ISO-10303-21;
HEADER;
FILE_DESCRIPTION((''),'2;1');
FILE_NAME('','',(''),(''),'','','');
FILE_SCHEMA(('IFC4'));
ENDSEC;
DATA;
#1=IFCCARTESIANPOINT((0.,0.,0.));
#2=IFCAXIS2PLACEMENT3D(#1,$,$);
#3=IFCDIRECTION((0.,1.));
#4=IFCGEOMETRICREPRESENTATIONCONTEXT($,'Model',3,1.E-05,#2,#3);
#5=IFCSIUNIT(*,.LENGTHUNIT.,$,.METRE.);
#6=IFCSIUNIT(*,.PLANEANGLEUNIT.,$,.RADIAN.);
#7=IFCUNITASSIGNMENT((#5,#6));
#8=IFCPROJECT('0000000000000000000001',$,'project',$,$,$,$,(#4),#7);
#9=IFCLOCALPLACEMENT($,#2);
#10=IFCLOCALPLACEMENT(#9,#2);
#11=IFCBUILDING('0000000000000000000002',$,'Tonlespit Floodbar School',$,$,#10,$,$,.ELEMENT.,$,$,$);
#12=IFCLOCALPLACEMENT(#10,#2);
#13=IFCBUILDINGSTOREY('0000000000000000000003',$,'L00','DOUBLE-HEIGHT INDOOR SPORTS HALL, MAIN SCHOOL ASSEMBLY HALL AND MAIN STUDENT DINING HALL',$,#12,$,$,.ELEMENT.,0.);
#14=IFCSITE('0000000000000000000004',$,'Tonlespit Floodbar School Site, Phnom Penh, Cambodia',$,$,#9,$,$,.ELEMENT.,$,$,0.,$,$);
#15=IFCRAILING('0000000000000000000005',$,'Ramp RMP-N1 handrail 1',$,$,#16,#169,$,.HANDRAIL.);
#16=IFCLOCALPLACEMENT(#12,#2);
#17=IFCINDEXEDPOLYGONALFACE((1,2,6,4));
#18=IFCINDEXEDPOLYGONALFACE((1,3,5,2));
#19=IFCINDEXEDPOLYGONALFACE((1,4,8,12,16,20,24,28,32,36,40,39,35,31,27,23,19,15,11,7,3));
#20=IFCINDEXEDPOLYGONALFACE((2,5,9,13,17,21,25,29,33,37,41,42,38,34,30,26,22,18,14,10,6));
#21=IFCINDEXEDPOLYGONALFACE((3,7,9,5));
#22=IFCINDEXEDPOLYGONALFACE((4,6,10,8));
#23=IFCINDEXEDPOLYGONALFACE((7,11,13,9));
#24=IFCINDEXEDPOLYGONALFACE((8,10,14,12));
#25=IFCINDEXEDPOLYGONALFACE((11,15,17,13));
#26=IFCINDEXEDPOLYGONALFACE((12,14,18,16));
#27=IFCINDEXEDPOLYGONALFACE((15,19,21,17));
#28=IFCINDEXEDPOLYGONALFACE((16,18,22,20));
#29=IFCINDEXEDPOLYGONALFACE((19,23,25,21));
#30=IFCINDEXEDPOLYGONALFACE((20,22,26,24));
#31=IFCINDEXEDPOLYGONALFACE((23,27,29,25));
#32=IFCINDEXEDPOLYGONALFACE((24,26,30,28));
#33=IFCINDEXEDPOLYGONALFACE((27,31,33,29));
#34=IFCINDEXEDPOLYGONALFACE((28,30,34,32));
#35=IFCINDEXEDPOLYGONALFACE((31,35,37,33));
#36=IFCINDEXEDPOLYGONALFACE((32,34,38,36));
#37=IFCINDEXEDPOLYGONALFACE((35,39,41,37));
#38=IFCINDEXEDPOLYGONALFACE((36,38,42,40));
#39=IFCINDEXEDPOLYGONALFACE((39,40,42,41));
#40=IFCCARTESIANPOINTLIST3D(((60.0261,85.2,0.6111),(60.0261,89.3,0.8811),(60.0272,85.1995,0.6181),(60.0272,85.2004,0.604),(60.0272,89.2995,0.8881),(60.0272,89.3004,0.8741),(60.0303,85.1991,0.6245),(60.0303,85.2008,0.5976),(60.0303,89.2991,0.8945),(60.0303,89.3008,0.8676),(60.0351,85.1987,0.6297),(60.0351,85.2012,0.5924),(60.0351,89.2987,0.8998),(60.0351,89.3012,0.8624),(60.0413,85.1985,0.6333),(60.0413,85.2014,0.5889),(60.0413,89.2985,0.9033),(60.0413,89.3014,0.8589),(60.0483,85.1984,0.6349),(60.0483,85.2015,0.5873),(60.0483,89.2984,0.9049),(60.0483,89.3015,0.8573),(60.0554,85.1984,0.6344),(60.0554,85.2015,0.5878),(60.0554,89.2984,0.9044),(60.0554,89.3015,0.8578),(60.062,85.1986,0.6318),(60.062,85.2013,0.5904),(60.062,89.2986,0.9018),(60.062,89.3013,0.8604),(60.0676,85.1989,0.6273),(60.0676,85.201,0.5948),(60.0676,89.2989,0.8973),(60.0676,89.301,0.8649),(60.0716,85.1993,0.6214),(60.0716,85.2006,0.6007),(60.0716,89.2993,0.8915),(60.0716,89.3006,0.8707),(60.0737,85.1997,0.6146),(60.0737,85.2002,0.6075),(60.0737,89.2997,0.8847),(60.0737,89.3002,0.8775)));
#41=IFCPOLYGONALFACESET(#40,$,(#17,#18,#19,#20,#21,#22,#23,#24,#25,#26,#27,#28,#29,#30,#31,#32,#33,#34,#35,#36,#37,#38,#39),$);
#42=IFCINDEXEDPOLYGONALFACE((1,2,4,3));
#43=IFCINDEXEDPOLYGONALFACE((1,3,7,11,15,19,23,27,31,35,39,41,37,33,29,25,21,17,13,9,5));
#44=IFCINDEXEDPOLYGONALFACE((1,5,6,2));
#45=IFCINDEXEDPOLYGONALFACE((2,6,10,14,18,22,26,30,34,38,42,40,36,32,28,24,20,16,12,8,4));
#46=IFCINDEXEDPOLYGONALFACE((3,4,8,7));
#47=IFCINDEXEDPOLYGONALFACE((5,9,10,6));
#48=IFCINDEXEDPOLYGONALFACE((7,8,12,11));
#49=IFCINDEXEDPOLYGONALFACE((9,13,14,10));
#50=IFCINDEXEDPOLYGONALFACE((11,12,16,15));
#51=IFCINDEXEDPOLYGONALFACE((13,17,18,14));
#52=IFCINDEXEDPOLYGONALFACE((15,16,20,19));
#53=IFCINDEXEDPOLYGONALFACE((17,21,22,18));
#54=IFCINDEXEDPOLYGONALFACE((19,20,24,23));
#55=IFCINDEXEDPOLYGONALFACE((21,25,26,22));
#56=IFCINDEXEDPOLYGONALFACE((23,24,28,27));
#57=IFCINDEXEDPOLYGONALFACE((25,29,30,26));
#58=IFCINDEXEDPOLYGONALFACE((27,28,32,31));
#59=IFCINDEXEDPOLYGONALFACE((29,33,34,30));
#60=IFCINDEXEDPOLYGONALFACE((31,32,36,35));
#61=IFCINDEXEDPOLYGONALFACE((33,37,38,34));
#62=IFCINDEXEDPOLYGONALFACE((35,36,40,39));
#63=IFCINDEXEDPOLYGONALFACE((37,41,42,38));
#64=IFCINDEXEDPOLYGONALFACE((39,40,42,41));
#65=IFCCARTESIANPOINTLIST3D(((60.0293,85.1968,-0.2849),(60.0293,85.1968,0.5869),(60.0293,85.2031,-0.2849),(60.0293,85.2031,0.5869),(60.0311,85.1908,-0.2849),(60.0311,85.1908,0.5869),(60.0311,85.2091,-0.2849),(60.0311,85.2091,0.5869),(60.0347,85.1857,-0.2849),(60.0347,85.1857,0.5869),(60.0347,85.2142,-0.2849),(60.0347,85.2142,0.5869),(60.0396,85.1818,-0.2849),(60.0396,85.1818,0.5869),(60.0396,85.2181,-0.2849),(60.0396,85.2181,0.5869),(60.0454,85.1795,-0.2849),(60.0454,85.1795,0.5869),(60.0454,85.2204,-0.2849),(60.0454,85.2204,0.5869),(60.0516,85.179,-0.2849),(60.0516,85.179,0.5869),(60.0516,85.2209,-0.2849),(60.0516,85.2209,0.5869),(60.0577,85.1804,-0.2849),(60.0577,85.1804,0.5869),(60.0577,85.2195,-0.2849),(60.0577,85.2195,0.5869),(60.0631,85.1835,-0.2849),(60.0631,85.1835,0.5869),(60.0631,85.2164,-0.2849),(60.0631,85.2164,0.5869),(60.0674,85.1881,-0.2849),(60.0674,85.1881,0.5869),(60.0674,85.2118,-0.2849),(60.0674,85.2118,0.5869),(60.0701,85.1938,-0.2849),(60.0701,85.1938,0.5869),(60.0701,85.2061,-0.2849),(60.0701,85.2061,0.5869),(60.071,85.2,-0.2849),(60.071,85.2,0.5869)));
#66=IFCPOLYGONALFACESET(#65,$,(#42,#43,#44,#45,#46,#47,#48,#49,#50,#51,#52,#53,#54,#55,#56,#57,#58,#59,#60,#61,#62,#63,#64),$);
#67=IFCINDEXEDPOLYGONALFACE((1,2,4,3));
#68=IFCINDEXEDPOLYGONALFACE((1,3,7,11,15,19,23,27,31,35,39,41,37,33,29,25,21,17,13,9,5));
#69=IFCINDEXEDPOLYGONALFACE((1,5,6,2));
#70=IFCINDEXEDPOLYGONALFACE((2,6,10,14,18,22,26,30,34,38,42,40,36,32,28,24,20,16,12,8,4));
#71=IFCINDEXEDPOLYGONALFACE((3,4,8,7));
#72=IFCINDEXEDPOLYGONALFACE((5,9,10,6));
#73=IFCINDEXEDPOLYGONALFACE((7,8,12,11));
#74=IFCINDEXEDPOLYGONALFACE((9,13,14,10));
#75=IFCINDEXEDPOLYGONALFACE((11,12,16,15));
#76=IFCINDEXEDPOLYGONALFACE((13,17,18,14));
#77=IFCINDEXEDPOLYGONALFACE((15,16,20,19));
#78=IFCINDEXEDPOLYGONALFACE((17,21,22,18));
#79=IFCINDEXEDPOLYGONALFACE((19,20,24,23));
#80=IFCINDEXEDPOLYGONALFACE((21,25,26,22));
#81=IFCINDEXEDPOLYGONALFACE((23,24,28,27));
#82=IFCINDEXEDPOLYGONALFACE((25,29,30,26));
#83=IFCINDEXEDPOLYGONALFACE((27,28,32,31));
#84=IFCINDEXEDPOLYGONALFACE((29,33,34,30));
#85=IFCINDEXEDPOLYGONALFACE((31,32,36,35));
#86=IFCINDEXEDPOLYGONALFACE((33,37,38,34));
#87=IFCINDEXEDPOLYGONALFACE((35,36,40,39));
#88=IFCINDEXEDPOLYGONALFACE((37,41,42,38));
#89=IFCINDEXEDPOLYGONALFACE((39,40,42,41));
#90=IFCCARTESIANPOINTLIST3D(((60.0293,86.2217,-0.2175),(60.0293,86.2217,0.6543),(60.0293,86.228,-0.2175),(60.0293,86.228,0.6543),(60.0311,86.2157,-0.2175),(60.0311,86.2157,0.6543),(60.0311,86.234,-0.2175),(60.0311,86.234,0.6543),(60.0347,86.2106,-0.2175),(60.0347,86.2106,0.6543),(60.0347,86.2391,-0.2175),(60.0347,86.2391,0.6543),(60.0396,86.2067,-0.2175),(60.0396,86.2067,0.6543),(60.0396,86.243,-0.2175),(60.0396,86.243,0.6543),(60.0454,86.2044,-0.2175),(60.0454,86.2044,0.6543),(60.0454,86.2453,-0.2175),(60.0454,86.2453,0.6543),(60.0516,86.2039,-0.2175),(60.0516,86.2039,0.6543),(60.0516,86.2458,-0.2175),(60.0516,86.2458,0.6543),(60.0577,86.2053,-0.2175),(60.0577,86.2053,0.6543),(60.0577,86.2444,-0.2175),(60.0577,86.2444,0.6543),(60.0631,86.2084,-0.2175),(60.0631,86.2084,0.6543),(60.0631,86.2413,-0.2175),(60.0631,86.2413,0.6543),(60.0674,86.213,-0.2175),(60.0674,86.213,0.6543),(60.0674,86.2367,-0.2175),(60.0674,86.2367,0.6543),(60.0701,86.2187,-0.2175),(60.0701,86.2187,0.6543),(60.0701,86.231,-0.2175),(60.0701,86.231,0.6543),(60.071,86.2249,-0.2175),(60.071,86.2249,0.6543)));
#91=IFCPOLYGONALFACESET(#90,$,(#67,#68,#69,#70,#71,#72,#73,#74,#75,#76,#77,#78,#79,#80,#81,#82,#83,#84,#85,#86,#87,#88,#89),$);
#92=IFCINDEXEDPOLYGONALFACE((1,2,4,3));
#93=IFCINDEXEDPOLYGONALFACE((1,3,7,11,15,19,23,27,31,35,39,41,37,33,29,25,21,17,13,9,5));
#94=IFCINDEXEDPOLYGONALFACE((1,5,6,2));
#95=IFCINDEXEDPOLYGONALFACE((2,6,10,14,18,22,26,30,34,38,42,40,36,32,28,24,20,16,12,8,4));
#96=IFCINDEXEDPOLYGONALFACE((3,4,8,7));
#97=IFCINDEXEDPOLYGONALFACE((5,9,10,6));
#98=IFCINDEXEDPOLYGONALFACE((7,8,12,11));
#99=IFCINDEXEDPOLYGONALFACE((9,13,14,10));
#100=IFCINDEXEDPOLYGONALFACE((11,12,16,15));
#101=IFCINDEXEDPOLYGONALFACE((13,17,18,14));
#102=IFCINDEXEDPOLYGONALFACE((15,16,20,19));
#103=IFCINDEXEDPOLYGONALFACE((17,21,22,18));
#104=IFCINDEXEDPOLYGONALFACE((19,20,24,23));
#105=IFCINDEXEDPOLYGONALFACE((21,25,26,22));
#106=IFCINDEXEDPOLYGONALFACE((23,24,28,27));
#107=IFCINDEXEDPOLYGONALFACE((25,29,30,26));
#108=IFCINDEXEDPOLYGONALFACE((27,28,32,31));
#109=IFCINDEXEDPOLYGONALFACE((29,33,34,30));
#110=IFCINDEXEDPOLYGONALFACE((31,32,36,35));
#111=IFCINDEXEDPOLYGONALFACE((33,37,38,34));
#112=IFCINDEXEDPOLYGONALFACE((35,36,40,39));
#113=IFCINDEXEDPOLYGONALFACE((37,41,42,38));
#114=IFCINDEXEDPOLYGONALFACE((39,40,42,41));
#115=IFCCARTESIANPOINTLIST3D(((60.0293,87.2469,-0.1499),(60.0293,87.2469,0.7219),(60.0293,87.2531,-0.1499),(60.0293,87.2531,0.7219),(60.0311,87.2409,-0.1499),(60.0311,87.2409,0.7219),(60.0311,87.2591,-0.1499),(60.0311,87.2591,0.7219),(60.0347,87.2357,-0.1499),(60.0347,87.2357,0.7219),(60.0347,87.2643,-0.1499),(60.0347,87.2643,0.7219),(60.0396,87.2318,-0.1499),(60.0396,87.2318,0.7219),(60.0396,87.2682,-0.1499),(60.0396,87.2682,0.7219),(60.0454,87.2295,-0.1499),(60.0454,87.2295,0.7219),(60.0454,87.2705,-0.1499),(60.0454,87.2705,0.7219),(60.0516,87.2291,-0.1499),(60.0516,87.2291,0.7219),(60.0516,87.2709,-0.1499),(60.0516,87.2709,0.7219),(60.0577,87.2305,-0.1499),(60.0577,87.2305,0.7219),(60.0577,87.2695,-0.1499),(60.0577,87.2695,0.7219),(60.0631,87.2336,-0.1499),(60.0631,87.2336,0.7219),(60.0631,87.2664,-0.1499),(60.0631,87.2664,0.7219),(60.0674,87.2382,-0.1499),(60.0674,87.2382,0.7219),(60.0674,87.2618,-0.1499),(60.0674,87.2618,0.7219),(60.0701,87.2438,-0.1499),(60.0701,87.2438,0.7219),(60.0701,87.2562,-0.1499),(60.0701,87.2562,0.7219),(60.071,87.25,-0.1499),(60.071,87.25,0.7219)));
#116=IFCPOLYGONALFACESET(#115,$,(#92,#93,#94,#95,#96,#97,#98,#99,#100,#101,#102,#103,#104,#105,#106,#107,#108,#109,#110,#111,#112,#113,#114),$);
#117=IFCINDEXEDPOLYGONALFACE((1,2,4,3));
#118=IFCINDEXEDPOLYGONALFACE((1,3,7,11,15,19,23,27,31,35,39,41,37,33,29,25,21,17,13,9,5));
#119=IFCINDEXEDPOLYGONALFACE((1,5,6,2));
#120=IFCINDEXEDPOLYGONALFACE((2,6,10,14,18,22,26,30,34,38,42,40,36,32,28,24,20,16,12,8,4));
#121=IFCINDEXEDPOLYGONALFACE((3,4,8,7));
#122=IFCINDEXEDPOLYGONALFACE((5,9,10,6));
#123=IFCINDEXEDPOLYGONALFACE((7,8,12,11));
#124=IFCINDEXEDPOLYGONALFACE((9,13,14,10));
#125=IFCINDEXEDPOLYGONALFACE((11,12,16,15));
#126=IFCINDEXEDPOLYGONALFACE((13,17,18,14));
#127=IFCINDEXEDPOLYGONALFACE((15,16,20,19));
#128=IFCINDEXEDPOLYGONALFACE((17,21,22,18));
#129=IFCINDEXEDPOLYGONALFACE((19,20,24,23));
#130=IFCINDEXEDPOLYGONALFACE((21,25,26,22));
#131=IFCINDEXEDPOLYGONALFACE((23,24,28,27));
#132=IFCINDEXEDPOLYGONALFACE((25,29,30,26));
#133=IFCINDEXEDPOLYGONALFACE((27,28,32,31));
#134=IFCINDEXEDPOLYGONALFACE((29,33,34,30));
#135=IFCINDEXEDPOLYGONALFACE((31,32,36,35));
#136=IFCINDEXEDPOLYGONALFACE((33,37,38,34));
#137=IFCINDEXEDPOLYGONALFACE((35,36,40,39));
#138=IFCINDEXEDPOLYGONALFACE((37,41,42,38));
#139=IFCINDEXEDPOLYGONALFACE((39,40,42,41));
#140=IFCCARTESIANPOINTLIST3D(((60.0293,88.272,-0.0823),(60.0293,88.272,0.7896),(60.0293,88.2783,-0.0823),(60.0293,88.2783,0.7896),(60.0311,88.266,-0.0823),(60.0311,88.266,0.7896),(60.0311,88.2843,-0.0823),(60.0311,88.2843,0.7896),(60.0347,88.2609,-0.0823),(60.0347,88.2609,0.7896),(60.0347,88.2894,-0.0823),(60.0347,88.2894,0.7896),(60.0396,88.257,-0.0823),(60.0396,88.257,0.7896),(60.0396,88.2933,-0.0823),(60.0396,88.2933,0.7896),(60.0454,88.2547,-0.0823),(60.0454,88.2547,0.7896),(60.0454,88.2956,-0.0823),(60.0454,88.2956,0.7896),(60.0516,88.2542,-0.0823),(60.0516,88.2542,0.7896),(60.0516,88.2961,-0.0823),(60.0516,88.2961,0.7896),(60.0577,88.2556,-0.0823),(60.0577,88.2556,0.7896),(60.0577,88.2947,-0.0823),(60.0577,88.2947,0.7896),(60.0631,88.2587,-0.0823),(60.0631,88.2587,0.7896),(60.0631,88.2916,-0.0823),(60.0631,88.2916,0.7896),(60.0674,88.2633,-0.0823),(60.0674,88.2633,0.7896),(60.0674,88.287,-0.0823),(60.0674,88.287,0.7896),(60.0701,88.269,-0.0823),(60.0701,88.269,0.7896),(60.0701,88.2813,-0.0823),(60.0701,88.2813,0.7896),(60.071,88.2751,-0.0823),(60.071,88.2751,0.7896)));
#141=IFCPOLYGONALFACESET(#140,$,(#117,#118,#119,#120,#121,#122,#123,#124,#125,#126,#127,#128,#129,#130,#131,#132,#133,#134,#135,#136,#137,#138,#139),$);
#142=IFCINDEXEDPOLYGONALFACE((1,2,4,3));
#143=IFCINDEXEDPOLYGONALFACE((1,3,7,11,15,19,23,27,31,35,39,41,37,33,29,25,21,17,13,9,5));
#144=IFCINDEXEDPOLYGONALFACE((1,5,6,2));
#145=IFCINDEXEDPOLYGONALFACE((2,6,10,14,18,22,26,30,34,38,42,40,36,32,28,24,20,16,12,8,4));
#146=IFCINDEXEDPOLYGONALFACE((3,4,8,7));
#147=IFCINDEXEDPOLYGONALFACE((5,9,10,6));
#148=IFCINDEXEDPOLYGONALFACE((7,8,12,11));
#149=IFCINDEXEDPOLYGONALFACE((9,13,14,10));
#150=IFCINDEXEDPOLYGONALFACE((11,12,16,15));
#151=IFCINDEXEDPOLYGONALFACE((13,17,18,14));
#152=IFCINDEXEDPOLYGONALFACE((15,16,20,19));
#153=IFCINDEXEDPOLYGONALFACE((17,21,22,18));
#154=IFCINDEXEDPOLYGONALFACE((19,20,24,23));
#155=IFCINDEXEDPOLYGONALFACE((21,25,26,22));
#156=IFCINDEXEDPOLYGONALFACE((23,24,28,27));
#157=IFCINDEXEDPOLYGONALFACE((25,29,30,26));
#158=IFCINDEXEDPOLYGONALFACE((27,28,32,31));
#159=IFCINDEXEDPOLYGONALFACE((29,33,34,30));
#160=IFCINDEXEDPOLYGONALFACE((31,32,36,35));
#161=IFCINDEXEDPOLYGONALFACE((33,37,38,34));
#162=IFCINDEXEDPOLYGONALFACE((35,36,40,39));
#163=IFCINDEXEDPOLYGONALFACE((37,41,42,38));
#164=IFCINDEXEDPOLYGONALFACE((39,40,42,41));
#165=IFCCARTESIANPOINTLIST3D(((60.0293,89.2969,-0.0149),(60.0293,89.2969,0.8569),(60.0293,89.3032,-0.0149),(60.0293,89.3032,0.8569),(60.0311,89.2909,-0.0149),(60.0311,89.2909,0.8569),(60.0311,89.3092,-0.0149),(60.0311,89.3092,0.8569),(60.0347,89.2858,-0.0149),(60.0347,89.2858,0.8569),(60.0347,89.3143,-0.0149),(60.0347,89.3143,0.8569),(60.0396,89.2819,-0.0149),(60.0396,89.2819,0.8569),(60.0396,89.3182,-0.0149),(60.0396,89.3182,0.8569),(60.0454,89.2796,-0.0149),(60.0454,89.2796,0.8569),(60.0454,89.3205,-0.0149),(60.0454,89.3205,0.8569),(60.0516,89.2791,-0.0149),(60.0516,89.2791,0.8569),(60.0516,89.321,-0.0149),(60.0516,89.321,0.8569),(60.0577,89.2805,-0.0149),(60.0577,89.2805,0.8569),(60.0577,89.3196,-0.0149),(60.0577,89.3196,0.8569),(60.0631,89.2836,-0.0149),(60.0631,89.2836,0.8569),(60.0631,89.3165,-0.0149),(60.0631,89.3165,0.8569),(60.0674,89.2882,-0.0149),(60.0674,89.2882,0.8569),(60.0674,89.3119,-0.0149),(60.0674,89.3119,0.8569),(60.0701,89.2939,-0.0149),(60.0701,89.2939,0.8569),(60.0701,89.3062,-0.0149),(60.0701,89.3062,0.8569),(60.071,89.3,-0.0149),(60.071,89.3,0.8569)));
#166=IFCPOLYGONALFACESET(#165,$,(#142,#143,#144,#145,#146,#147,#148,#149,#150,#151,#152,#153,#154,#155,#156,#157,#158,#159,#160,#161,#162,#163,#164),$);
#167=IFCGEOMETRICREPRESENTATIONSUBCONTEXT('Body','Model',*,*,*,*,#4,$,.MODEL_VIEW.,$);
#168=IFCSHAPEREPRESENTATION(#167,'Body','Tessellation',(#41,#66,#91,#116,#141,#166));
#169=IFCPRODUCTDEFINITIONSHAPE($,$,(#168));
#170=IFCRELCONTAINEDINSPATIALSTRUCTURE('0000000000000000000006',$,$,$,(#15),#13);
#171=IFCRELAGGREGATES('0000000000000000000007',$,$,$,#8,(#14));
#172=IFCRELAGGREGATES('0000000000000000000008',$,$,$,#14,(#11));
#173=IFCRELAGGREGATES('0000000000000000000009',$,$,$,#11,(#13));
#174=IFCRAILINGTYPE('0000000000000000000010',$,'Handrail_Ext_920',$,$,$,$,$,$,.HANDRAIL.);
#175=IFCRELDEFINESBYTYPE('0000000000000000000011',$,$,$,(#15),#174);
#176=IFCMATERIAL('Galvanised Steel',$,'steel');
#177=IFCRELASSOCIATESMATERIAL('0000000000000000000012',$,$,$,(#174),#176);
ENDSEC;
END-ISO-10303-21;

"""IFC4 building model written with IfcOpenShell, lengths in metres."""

from ifc_helpers import new_model, si_unit, direction, frame, origin, origin_2d, place, context, subcontext, project, spatial, circle, extrude, material, type_object, element, save


model = new_model("IFC4")

# Units and contexts
model_context = context("Model", 3, precision=1e-05, world=origin(), true_north=direction((0.0, 1.0)))
body_context = subcontext(model_context, "Body", "Model", "MODEL_VIEW")
ifc_project = project(units=[si_unit("LENGTHUNIT", "METRE"), si_unit("PLANEANGLEUNIT", "RADIAN")], contexts=[model_context])

# Site, building, storey
site_placement = place(None, origin())
site = spatial("IfcSite", under=ifc_project, at=site_placement, Name="Tonlespit Floodbar School Site, Phnom Penh, Cambodia", CompositionType="ELEMENT", RefElevation=0.0)
building_placement = place(site_placement, origin())
building = spatial("IfcBuilding", under=site, at=building_placement, Name="Tonlespit Floodbar School", CompositionType="ELEMENT")
storey_placement = place(building_placement, origin())
storey = spatial("IfcBuildingStorey", under=building, at=storey_placement, Name="L00", Description="DOUBLE-HEIGHT INDOOR SPORTS HALL, MAIN SCHOOL ASSEMBLY HALL AND MAIN STUDENT DINING HALL", CompositionType="ELEMENT", Elevation=0.0)

# Railing
ifc_material_1 = material(Name="Galvanised Steel", Category="steel")
railing_type_1 = type_object("IfcRailingType", Name="Handrail_Ext_920", PredefinedType="HANDRAIL", material=ifc_material_1)
for number, where, name in (
    (1, (60.05, 85.2, -0.2849), "Ramp RMP-N1 handrail 1"),
):
    element("IfcRailing", number, at=place(storey_placement, frame(where)), inside=storey, type_object=railing_type_1, Name=name, PredefinedType="HANDRAIL", context=body_context, shape_type="SweptSolid", body=[
        extrude(circle(Radius=0.0239, at=origin_2d()), frame((0.0, 0.0, 0.896), z_axis=(0.0, 0.997838, 0.065715), x_axis=(-1.0, 0.0, 0.0)), (0.0, 0.0, 1.0), 4.1089),
        extrude(circle(Radius=0.021, at=origin_2d()), origin(), (0.0, 0.0, 1.0), 0.8718),
        extrude(circle(Radius=0.021, at=origin_2d()), frame((0.0, 1.0249, 0.0674)), (0.0, 0.0, 1.0), 0.8718),
        extrude(circle(Radius=0.021, at=origin_2d()), frame((0.0, 2.05, 0.135)), (0.0, 0.0, 1.0), 0.8718),
        extrude(circle(Radius=0.021, at=origin_2d()), frame((0.0, 3.0752, 0.2026)), (0.0, 0.0, 1.0), 0.8718),
        extrude(circle(Radius=0.021, at=origin_2d()), frame((0.0, 4.1001, 0.27)), (0.0, 0.0, 1.0), 0.8718),
    ])

save(model, "model.ifc")
